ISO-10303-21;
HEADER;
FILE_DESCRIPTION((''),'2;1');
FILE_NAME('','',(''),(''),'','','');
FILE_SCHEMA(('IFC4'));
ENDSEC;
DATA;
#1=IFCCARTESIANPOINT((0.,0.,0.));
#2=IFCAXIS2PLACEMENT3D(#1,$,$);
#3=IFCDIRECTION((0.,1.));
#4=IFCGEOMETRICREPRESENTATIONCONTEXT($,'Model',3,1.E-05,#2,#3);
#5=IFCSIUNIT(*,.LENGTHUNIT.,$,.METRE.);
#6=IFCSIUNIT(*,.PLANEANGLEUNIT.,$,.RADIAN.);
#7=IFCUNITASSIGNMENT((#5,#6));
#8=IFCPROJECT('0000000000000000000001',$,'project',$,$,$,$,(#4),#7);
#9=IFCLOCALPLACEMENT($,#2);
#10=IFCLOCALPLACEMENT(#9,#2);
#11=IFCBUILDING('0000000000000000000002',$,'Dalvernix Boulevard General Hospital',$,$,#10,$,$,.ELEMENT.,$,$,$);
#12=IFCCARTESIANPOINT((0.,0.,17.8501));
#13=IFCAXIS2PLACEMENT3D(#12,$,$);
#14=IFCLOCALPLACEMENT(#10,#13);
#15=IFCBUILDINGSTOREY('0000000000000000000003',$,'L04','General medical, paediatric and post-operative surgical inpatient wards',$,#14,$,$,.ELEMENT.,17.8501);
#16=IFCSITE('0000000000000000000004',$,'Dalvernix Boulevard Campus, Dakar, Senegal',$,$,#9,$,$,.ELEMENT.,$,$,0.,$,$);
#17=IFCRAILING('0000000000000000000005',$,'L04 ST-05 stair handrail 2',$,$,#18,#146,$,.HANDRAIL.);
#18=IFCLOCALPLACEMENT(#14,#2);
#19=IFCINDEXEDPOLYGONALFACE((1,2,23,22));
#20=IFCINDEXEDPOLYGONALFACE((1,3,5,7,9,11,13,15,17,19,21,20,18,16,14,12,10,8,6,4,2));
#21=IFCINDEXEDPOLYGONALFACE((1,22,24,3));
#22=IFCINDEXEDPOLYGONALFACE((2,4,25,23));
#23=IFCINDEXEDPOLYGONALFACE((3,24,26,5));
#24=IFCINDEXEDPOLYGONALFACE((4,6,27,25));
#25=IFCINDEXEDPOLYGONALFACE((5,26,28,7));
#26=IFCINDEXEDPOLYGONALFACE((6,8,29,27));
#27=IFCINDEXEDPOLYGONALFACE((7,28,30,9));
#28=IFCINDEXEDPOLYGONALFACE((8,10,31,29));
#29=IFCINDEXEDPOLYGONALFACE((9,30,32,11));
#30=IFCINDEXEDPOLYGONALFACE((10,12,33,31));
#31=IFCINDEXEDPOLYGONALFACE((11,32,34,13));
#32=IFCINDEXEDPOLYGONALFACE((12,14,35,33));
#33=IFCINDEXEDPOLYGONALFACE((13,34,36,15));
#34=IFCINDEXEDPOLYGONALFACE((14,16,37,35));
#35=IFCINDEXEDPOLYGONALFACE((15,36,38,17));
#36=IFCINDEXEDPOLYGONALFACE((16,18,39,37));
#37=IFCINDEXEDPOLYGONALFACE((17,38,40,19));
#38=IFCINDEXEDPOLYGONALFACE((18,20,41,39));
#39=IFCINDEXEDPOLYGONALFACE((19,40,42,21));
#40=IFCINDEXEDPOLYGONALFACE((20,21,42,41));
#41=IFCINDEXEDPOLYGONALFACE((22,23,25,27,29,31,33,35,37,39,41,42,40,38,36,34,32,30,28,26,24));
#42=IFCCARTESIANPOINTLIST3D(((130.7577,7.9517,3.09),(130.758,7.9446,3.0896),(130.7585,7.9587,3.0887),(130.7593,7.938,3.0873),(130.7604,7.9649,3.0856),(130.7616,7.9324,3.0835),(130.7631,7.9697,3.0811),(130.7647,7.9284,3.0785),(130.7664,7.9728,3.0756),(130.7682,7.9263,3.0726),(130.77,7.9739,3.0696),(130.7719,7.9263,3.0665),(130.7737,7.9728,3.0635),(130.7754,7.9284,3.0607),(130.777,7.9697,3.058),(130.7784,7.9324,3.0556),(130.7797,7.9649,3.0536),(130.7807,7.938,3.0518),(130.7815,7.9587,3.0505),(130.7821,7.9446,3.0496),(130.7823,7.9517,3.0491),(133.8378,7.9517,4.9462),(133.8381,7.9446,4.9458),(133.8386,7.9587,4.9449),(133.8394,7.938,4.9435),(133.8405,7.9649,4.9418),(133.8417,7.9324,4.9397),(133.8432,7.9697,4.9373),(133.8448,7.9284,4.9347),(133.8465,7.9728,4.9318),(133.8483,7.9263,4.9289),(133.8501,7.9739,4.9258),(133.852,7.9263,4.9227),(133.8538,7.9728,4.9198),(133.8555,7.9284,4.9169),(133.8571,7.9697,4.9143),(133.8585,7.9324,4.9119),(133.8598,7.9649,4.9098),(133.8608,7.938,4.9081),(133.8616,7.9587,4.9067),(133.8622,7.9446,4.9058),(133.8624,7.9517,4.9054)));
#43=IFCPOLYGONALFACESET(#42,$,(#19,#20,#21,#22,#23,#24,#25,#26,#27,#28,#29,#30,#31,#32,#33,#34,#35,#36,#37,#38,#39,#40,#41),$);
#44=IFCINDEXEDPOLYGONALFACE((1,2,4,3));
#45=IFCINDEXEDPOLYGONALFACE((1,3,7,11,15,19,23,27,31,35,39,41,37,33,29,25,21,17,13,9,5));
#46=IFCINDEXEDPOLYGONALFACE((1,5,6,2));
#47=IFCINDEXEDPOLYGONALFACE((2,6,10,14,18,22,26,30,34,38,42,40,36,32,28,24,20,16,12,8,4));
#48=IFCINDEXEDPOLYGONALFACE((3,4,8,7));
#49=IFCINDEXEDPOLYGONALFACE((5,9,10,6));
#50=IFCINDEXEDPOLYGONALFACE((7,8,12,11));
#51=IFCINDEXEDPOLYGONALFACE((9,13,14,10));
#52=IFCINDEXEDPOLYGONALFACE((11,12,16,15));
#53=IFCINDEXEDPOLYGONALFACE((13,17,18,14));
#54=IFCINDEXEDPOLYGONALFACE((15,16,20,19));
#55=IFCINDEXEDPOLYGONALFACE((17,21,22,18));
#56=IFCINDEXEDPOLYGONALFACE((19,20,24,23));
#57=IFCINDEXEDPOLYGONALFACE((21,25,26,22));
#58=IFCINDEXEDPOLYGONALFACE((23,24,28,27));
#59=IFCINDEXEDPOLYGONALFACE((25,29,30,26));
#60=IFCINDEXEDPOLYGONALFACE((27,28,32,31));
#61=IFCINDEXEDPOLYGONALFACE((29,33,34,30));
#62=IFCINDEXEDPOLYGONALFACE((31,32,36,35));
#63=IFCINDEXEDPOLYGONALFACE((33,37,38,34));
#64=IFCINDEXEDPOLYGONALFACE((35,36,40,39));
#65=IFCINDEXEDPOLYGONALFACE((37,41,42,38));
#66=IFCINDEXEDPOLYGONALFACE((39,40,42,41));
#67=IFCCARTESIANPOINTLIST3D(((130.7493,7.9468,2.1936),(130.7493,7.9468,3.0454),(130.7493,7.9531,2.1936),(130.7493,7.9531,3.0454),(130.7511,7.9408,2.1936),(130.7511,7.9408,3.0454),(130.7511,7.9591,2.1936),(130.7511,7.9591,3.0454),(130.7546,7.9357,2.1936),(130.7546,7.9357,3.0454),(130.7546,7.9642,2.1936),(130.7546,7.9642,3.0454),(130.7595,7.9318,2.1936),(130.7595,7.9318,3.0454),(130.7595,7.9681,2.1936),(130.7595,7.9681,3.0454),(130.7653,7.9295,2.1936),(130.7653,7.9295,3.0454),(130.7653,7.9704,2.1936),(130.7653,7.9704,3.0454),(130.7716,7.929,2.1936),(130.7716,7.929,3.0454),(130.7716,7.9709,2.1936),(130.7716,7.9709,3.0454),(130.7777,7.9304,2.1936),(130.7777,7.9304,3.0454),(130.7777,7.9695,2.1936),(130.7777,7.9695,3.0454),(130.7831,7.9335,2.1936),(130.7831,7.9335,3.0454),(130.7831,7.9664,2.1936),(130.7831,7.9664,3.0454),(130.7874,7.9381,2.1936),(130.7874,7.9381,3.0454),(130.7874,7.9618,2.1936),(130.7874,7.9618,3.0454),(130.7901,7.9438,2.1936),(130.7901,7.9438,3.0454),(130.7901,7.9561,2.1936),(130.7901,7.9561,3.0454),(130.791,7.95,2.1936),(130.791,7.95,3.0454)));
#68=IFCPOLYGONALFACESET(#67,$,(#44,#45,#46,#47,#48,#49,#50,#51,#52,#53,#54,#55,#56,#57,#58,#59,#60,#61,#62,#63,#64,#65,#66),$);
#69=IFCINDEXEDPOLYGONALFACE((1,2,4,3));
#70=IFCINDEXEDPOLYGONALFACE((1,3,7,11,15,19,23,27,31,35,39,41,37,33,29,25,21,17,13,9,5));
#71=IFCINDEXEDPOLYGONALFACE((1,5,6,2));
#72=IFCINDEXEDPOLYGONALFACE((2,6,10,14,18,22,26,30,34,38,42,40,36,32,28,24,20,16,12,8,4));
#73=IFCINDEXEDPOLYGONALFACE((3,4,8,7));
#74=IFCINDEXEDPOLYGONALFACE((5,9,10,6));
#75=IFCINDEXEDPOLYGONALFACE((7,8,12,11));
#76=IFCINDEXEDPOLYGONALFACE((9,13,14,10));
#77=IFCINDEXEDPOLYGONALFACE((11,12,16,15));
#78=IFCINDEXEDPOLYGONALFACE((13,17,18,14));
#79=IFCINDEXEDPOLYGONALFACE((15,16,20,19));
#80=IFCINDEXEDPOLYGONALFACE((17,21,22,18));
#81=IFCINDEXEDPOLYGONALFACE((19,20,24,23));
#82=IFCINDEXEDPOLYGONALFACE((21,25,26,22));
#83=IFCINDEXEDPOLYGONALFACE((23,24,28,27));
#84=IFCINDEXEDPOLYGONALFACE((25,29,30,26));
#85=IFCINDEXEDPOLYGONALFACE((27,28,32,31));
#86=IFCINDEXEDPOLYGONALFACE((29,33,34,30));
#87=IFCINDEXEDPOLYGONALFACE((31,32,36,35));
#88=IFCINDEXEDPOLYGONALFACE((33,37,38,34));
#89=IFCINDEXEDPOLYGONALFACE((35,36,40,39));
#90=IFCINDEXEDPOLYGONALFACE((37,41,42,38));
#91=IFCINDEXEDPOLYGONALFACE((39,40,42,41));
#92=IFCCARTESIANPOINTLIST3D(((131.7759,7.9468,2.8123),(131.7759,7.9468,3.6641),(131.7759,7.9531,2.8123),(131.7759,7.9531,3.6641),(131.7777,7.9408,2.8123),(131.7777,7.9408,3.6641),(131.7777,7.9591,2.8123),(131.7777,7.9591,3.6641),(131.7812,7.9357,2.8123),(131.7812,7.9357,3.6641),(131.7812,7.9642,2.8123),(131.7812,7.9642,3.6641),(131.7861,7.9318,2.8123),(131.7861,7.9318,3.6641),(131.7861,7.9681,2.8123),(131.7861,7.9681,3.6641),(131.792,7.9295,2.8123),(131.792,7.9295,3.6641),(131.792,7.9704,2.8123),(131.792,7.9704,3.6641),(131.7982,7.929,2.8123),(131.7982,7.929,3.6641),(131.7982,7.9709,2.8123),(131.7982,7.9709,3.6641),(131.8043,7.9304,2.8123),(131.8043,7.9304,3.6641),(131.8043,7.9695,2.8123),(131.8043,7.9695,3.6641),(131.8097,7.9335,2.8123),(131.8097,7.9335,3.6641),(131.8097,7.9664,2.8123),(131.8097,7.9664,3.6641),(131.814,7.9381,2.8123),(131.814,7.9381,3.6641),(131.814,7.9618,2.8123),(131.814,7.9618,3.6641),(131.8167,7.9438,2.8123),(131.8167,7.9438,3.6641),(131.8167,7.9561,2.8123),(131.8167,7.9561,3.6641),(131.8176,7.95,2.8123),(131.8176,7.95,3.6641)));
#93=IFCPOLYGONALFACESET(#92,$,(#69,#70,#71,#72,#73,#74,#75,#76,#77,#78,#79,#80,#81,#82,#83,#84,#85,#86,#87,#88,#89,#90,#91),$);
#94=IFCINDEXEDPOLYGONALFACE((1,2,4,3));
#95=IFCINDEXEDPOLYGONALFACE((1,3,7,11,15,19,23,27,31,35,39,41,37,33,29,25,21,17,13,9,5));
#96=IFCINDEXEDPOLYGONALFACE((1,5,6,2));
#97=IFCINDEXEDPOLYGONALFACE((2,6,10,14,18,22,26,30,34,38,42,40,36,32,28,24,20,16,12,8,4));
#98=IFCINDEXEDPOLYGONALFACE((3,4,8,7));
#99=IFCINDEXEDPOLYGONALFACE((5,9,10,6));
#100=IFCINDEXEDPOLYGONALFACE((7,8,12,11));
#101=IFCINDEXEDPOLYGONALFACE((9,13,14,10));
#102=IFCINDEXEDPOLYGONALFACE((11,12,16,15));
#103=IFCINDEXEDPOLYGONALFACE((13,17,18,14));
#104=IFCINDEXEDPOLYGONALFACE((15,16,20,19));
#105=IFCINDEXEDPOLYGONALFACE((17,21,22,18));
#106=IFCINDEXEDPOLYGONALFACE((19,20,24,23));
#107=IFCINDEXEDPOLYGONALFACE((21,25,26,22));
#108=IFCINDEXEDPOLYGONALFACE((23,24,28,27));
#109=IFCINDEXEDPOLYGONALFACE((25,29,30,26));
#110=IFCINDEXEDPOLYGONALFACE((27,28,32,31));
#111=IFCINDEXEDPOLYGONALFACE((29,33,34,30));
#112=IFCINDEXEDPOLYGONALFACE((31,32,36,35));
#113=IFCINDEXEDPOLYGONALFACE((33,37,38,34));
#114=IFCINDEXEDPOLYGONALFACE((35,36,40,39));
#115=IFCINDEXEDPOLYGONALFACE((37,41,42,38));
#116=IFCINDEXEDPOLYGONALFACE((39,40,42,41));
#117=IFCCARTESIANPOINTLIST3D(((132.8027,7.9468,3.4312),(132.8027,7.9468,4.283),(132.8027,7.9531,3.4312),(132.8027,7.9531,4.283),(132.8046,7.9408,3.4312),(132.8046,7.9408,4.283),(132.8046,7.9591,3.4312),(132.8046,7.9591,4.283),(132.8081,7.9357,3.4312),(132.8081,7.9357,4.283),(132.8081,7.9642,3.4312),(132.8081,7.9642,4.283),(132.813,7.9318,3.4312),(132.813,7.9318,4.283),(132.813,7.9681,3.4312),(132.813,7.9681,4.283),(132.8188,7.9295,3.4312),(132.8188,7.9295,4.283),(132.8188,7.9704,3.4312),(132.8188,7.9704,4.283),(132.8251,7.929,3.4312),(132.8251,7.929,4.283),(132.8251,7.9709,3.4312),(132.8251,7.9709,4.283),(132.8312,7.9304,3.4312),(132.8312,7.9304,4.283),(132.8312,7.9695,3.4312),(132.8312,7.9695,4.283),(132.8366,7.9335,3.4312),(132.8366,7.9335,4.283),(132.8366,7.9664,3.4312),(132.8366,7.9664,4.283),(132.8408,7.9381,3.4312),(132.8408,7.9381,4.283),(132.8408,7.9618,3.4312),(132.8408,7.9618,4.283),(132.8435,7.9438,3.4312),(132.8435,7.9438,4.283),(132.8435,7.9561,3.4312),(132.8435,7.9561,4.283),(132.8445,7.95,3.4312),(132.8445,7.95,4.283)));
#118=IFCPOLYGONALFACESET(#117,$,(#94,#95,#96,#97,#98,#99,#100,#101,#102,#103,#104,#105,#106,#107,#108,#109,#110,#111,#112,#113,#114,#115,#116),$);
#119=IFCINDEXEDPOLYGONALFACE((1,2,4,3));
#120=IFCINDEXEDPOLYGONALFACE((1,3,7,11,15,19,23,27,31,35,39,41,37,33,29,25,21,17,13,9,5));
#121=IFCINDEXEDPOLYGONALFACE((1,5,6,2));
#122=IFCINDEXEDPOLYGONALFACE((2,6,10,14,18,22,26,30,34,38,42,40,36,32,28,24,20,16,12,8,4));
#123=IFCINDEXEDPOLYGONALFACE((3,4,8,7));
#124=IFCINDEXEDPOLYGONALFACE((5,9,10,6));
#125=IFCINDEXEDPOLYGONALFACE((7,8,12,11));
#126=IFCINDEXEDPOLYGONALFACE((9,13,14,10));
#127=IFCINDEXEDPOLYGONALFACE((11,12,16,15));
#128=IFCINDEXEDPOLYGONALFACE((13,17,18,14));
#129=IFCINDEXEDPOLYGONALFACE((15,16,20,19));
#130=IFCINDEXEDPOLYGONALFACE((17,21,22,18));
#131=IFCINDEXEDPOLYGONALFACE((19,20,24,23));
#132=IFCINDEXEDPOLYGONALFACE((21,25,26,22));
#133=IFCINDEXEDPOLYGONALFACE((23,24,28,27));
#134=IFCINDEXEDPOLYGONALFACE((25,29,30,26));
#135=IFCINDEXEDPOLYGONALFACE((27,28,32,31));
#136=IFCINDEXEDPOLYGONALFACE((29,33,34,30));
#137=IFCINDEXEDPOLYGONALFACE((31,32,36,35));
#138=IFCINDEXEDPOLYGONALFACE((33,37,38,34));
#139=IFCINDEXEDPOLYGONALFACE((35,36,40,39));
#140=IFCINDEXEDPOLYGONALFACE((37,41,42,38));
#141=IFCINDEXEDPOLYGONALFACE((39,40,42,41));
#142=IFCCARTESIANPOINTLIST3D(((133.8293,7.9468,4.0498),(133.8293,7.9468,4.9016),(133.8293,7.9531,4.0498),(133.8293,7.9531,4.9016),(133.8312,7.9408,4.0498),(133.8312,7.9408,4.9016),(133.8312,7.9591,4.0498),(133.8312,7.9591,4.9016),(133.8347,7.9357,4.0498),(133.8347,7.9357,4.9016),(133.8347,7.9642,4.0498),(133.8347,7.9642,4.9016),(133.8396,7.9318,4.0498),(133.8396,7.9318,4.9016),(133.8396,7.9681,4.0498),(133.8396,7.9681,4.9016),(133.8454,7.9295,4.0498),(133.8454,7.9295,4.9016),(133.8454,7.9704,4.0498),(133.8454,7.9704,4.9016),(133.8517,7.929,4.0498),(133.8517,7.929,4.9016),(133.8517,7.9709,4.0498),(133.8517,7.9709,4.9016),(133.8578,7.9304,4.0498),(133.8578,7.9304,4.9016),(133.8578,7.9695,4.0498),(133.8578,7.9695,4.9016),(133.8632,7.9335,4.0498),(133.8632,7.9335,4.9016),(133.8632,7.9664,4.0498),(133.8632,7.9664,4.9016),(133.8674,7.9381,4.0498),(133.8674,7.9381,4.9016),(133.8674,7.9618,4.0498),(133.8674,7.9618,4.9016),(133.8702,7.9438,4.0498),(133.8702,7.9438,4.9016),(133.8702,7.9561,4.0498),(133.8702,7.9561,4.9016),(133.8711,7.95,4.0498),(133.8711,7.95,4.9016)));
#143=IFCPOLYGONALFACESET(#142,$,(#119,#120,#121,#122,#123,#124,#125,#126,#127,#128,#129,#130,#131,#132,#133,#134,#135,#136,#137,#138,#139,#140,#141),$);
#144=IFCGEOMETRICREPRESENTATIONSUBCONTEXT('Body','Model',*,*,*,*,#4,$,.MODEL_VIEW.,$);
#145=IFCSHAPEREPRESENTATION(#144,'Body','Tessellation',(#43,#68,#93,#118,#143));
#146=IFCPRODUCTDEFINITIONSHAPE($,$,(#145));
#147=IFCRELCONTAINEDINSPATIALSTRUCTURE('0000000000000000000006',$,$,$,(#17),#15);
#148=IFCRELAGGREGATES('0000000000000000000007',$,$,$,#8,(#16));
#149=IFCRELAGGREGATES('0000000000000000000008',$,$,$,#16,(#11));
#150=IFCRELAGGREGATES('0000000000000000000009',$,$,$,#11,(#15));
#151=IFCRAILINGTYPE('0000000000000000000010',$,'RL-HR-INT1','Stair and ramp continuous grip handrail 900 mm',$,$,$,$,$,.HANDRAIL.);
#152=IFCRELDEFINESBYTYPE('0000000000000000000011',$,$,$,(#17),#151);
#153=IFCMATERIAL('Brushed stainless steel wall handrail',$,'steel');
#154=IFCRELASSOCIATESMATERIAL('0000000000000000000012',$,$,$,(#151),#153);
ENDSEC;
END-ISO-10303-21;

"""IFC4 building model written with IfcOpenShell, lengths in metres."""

from ifc_helpers import new_model, si_unit, direction, frame, origin, origin_2d, place, context, subcontext, project, spatial, circle, extrude, material, type_object, element, save


model = new_model("IFC4")

# Units and contexts
model_context = context("Model", 3, precision=1e-05, world=origin(), true_north=direction((0.0, 1.0)))
body_context = subcontext(model_context, "Body", "Model", "MODEL_VIEW")
ifc_project = project(units=[si_unit("LENGTHUNIT", "METRE"), si_unit("PLANEANGLEUNIT", "RADIAN")], contexts=[model_context])

# Site, building, storey
site_placement = place(None, origin())
site = spatial("IfcSite", under=ifc_project, at=site_placement, Name="Dalvernix Boulevard Campus, Dakar, Senegal", CompositionType="ELEMENT", RefElevation=0.0)
building_placement = place(site_placement, origin())
building = spatial("IfcBuilding", under=site, at=building_placement, Name="Dalvernix Boulevard General Hospital", CompositionType="ELEMENT")
storey_placement = place(building_placement, frame((0.0, 0.0, 17.8501)))
storey = spatial("IfcBuildingStorey", under=building, at=storey_placement, Name="L04", Description="General medical, paediatric and post-operative surgical inpatient wards", CompositionType="ELEMENT", Elevation=17.8501)

# Railing
ifc_material_1 = material(Name="Brushed stainless steel wall handrail", Category="steel")
railing_type_1 = type_object("IfcRailingType", Name="RL-HR-INT1", Description="Stair and ramp continuous grip handrail 900 mm", PredefinedType="HANDRAIL", material=ifc_material_1)
railing_1_placement = place(storey_placement, frame((130.77, 7.95, 2.1936)))
element("IfcRailing", 1, at=railing_1_placement, inside=storey, type_object=railing_type_1, Name="L04 ST-05 stair handrail 2", PredefinedType="HANDRAIL", context=body_context, shape_type="SweptSolid", body=[
    extrude(circle(Radius=0.0239, at=origin_2d()), frame((0.0, 0.0, 0.876), z_axis=(0.856491, 0.0, 0.516162), x_axis=(0.0, 1.0, 0.0)), (0.0, 0.0, 1.0), 3.5962),
    extrude(circle(Radius=0.021, at=origin_2d()), origin(), (0.0, 0.0, 1.0), 0.8518),
    extrude(circle(Radius=0.021, at=origin_2d()), frame((1.0266, 0.0, 0.6187)), (0.0, 0.0, 1.0), 0.8518),
    extrude(circle(Radius=0.021, at=origin_2d()), frame((2.0535, 0.0, 1.2375)), (0.0, 0.0, 1.0), 0.8518),
    extrude(circle(Radius=0.021, at=origin_2d()), frame((3.0801, 0.0, 1.8562)), (0.0, 0.0, 1.0), 0.8518),
])

save(model, "model.ifc")
